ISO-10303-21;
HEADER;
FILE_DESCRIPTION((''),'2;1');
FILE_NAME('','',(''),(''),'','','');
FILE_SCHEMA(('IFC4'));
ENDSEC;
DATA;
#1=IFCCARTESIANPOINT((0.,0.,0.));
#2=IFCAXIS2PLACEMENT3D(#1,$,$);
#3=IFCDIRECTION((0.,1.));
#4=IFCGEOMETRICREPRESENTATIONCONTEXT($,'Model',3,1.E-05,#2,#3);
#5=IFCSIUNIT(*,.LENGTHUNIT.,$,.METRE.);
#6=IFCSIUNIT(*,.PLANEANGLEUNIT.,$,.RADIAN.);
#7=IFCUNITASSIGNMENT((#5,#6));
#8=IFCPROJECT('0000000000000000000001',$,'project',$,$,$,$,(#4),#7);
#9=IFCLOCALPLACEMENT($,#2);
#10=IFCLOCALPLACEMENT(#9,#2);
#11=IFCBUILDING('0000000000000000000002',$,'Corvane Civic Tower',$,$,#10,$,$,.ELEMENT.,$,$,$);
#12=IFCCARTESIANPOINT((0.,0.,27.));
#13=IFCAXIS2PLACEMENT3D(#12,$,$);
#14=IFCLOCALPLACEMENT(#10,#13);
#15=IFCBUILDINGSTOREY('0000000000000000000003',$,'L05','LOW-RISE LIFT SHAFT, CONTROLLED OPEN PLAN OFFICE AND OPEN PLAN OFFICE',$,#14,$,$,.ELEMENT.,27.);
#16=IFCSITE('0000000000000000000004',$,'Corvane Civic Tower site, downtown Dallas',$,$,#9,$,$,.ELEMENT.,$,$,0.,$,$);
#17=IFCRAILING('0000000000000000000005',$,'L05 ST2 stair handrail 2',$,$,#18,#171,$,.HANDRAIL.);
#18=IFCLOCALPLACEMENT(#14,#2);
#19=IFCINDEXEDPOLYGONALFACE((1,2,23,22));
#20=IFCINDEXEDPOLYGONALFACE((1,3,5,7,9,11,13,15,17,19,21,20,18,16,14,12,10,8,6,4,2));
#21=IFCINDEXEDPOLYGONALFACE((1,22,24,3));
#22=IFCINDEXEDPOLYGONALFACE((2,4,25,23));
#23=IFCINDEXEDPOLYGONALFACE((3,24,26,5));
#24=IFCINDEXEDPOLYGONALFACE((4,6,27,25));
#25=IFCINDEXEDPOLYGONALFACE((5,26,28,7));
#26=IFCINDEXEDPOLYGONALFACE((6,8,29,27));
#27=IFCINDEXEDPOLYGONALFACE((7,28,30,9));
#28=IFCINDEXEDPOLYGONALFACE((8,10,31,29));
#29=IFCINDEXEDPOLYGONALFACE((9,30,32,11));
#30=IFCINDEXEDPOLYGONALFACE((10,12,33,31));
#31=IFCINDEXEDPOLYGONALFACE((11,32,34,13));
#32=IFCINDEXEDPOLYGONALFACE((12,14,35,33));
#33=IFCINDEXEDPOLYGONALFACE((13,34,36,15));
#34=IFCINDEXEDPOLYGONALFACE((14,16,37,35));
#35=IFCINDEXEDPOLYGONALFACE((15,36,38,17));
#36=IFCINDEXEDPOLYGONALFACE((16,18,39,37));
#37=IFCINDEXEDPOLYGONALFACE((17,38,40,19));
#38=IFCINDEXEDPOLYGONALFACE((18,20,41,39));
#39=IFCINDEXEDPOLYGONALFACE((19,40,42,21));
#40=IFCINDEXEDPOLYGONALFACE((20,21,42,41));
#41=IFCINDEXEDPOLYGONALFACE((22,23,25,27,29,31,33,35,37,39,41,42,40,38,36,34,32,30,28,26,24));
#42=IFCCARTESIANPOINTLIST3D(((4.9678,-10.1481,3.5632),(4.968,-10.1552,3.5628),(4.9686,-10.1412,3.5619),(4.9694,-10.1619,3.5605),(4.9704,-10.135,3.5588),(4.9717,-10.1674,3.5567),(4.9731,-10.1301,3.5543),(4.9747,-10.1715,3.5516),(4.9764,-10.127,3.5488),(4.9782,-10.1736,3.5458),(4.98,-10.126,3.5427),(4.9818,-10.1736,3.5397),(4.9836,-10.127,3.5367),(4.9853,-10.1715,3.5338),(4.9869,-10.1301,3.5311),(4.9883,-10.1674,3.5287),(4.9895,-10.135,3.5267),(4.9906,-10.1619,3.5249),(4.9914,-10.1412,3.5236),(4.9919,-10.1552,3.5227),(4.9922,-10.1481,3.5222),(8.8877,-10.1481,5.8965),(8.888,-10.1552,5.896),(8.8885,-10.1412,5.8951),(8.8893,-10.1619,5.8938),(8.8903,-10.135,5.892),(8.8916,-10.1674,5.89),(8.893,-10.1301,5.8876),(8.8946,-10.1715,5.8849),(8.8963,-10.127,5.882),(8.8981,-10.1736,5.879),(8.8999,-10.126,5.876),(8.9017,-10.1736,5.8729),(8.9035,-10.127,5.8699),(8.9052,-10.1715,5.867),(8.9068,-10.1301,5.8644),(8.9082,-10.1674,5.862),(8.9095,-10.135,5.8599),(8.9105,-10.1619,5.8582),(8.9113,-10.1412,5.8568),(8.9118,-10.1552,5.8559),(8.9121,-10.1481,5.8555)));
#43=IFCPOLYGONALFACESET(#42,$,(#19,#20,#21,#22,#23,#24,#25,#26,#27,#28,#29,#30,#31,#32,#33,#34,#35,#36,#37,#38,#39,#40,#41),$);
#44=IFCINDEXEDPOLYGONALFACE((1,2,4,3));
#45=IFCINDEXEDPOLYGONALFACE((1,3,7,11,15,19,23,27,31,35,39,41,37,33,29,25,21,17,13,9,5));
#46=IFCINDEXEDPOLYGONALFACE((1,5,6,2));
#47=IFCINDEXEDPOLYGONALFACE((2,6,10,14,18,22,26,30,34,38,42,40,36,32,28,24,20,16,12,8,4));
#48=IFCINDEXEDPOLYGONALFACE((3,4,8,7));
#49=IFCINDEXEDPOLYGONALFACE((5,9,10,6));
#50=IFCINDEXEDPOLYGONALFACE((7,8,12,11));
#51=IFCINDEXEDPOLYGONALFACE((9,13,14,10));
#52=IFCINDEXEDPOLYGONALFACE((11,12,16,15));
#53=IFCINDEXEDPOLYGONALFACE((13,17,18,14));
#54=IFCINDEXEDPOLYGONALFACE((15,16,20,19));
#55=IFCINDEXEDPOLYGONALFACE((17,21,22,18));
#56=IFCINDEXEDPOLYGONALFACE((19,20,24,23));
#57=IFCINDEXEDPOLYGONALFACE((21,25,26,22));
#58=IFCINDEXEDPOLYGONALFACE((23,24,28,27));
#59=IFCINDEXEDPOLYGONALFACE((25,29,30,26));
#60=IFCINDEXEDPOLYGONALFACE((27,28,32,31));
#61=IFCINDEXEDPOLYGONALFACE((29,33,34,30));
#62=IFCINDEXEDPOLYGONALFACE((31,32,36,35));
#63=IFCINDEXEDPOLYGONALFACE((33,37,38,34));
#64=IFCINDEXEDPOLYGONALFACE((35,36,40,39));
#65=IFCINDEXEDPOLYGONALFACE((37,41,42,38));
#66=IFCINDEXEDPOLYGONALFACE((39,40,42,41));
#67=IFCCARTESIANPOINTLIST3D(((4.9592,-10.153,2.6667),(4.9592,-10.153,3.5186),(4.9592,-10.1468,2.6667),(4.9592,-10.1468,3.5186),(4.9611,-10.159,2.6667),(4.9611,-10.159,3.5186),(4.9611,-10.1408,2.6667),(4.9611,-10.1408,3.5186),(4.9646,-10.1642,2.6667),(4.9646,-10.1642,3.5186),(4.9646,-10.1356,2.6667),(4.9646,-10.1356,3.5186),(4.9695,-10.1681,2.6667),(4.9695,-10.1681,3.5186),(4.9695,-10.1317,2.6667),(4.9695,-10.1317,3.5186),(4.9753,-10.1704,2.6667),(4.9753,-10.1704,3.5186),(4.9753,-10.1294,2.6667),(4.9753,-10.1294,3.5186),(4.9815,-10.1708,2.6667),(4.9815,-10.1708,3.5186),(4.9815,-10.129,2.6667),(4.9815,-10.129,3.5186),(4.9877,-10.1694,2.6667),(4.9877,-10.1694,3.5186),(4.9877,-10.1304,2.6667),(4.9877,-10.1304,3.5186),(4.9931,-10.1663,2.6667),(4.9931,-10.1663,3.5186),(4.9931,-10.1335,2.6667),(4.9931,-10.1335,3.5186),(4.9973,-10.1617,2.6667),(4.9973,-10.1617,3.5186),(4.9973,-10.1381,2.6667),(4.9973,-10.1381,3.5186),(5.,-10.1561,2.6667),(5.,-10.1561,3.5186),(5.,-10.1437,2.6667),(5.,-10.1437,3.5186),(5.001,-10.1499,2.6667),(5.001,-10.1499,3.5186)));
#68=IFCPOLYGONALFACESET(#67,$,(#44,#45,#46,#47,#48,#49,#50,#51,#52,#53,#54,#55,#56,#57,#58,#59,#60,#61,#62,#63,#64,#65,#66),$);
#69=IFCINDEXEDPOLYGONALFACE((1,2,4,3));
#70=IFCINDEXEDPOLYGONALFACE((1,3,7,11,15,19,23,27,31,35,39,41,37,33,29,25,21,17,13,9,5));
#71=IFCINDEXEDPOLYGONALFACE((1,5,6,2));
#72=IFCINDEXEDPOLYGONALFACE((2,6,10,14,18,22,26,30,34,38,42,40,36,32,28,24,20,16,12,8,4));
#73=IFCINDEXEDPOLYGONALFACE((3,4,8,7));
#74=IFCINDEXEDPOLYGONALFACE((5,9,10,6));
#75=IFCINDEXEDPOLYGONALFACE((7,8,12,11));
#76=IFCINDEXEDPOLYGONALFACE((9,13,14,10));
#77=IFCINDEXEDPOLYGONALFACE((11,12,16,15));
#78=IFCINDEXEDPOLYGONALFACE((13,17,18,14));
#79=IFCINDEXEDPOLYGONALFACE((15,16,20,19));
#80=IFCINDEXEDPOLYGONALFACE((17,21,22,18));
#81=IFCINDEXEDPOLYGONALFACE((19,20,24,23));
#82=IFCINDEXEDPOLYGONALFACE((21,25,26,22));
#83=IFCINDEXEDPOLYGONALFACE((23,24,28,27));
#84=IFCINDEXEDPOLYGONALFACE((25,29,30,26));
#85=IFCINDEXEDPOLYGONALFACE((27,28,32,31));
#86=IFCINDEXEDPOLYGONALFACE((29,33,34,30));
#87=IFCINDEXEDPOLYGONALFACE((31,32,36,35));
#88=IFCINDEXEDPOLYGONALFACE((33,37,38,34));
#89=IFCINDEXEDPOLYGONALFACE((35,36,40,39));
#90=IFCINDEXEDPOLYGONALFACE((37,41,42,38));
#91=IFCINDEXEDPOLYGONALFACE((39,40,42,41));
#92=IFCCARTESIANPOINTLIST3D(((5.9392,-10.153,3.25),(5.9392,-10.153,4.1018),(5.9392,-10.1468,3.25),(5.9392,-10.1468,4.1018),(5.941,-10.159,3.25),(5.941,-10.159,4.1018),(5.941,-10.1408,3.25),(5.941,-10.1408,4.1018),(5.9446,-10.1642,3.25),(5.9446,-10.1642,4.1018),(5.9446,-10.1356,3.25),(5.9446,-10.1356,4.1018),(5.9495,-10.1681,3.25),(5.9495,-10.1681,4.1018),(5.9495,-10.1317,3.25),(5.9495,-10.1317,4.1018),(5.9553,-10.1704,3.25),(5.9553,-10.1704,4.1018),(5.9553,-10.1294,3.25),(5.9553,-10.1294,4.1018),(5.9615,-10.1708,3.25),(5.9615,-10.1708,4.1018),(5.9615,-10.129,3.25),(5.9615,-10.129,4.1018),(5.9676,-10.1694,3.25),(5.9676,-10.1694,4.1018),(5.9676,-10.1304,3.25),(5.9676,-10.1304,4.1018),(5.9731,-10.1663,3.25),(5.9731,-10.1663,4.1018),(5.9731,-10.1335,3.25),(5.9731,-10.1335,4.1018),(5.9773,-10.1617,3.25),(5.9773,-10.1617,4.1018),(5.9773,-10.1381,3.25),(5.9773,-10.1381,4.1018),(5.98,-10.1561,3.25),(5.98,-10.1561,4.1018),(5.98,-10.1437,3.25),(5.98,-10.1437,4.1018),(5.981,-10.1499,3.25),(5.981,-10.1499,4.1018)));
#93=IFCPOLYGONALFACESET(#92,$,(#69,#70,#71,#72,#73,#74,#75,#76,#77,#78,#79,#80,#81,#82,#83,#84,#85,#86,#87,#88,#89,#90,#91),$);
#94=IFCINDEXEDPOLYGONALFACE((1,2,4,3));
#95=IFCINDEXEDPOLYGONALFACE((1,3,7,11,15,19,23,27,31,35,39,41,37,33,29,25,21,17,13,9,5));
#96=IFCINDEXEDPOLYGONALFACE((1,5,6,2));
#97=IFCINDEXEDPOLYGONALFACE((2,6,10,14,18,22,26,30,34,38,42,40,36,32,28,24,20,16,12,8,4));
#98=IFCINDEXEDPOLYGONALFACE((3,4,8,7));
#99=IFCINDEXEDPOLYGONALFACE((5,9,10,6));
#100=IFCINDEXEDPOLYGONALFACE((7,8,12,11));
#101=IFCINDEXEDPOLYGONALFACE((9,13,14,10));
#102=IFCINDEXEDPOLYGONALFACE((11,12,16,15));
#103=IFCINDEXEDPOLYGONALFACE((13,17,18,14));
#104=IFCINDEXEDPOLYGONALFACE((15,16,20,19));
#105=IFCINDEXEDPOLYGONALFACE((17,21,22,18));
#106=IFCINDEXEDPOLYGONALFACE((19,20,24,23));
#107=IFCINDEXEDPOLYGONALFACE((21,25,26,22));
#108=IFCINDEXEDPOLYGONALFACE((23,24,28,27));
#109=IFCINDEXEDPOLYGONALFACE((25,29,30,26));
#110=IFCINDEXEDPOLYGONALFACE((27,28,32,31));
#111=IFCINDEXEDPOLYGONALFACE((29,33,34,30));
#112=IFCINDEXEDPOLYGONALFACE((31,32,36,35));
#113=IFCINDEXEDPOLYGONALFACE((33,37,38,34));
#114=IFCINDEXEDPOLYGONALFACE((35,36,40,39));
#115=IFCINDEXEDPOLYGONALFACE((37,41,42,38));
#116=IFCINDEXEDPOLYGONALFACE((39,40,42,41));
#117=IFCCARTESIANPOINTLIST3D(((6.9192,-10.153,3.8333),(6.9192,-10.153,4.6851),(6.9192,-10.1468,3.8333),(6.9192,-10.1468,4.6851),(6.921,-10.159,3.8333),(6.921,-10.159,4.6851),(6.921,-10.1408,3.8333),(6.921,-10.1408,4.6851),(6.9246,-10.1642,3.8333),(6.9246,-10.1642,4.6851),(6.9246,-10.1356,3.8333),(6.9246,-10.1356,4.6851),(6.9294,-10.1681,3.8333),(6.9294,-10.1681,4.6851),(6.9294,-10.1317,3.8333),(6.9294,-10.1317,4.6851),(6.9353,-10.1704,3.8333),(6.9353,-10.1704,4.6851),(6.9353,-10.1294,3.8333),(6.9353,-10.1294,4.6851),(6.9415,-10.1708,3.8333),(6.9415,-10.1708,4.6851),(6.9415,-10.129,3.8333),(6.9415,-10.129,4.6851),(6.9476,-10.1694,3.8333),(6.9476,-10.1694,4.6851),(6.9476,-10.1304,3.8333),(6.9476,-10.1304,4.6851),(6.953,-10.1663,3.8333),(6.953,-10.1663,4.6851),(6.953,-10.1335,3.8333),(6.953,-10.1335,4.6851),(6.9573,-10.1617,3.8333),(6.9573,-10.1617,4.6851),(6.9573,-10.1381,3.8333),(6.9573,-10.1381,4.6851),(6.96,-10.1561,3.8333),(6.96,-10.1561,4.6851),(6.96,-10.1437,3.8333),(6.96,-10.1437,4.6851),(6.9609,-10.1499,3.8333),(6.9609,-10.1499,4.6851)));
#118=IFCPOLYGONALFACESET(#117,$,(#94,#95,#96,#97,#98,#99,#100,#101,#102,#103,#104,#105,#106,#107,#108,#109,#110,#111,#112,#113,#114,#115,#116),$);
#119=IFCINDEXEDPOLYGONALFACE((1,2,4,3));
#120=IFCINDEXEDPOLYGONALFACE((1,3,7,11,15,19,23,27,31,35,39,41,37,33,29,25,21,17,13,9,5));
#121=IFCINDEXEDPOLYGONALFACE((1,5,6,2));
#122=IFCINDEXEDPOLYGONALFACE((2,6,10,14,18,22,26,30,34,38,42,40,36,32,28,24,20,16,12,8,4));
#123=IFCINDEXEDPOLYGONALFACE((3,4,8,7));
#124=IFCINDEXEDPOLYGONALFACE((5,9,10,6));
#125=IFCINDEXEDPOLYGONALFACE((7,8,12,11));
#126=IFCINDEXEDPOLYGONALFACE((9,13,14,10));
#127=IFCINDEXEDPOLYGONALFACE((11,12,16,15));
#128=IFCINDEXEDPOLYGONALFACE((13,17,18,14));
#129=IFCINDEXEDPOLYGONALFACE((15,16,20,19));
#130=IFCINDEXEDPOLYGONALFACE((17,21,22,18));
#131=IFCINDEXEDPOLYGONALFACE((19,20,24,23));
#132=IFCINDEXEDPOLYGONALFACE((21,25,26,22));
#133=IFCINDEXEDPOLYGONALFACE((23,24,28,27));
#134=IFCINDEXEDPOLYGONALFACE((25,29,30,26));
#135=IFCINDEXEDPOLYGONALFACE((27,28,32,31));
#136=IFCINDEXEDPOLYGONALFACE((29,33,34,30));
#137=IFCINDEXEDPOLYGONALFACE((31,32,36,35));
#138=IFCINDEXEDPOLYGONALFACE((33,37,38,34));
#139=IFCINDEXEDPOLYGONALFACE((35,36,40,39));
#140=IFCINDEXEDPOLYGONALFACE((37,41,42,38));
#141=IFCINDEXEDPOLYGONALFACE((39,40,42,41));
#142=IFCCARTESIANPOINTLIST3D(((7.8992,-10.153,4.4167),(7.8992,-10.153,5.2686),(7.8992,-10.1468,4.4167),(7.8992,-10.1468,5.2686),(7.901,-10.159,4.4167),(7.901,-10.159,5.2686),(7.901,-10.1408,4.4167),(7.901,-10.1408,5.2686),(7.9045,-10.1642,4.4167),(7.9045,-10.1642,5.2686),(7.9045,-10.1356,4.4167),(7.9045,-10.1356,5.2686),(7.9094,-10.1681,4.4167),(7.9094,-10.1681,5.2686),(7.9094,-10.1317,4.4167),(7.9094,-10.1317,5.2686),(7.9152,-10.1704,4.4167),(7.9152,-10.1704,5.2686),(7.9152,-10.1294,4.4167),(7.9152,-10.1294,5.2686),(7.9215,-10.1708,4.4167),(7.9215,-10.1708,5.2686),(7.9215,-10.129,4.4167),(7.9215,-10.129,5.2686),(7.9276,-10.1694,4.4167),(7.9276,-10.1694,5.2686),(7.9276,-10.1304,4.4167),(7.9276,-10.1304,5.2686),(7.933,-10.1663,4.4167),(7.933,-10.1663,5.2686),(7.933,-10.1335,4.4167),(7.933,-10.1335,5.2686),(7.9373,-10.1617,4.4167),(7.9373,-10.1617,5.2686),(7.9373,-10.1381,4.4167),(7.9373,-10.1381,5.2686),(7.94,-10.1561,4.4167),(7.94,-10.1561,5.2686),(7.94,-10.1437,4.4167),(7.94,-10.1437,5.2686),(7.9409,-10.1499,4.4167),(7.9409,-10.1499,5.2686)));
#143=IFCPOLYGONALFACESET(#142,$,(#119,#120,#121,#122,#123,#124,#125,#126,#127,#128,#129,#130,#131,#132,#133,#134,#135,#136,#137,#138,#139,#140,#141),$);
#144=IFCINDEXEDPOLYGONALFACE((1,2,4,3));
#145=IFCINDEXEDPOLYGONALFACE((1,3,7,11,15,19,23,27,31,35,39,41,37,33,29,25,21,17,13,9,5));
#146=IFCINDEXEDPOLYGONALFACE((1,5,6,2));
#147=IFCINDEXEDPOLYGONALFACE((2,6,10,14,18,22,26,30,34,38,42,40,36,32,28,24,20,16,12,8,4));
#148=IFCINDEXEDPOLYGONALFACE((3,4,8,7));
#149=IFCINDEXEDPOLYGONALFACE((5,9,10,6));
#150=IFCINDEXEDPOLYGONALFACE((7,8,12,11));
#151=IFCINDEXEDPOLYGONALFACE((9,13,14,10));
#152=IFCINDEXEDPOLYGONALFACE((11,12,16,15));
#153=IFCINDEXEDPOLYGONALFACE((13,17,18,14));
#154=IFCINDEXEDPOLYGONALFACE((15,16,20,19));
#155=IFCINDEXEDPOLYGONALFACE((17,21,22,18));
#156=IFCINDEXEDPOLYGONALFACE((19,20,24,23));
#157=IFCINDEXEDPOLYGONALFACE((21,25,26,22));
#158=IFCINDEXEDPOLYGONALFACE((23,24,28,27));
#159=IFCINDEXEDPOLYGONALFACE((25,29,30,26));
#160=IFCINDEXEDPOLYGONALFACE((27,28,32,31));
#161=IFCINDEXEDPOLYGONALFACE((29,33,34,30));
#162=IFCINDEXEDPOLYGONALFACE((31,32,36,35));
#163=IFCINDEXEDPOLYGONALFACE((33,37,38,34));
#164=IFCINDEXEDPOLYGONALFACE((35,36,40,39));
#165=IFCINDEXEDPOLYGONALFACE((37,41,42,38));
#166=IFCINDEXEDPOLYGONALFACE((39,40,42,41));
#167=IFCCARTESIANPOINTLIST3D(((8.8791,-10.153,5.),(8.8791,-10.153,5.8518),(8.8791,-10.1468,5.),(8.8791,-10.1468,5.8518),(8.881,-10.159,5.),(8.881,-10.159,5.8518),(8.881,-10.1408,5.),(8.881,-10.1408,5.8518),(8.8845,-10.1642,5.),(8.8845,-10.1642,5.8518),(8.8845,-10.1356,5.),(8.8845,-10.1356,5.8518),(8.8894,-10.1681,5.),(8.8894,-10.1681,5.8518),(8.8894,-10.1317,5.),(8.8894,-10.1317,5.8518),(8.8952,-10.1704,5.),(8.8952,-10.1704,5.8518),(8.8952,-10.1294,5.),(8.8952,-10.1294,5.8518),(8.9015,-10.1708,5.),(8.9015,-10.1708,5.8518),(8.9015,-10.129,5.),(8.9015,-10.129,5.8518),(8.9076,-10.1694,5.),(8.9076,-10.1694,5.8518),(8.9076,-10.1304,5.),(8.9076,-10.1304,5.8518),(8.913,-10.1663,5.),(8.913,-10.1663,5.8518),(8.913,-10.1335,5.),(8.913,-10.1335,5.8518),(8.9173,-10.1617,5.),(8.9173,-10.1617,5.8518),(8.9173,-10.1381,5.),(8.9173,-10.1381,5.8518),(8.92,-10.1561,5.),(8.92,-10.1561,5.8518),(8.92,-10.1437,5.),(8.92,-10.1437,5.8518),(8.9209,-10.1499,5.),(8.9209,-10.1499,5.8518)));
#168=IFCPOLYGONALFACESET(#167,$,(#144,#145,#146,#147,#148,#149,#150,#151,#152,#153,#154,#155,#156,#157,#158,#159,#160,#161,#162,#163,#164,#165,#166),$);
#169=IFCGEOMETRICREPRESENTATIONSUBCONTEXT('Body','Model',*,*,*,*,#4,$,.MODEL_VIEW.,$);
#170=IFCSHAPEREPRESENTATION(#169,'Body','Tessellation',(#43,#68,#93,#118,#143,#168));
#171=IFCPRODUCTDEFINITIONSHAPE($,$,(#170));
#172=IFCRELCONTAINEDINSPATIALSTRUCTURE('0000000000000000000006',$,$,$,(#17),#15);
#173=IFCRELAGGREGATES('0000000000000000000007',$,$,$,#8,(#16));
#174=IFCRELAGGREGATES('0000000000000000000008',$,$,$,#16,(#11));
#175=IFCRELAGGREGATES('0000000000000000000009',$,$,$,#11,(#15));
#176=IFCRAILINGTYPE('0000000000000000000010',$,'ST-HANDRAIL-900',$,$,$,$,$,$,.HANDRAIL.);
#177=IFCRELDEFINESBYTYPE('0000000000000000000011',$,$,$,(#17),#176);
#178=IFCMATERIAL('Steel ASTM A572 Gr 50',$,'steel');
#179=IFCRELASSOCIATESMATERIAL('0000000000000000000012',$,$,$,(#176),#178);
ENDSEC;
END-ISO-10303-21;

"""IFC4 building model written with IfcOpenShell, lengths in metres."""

from ifc_helpers import new_model, si_unit, direction, frame, origin, origin_2d, place, context, subcontext, project, spatial, circle, extrude, material, type_object, element, save


model = new_model("IFC4")

# Units and contexts
model_context = context("Model", 3, precision=1e-05, world=origin(), true_north=direction((0.0, 1.0)))
body_context = subcontext(model_context, "Body", "Model", "MODEL_VIEW")
ifc_project = project(units=[si_unit("LENGTHUNIT", "METRE"), si_unit("PLANEANGLEUNIT", "RADIAN")], contexts=[model_context])

# Site, building, storey
site_placement = place(None, origin())
site = spatial("IfcSite", under=ifc_project, at=site_placement, Name="Corvane Civic Tower site, downtown Dallas", CompositionType="ELEMENT", RefElevation=0.0)
building_placement = place(site_placement, origin())
building = spatial("IfcBuilding", under=site, at=building_placement, Name="Corvane Civic Tower", CompositionType="ELEMENT")
storey_placement = place(building_placement, frame((0.0, 0.0, 27.0)))
storey = spatial("IfcBuildingStorey", under=building, at=storey_placement, Name="L05", Description="LOW-RISE LIFT SHAFT, CONTROLLED OPEN PLAN OFFICE AND OPEN PLAN OFFICE", CompositionType="ELEMENT", Elevation=27.0)

# Railing
ifc_material_1 = material(Name="Steel ASTM A572 Gr 50", Category="steel")
railing_type = type_object("IfcRailingType", Name="ST-HANDRAIL-900", PredefinedType="HANDRAIL", material=ifc_material_1)
railing_placement = place(storey_placement, frame((4.98, -10.1499, 2.6667)))
element("IfcRailing", 1, at=railing_placement, inside=storey, type_object=railing_type, Name="L05 ST2 stair handrail 2", PredefinedType="HANDRAIL", context=body_context, shape_type="SweptSolid", body=[
    extrude(circle(Radius=0.0239, at=origin_2d()), frame((0.0, 0.0, 0.876), z_axis=(0.859296, 0.0, 0.511478), x_axis=(0.0, 1.0, 0.0)), (0.0, 0.0, 1.0), 4.5618),
    extrude(circle(Radius=0.021, at=origin_2d()), origin(), (0.0, 0.0, 1.0), 0.8518),
    extrude(circle(Radius=0.021, at=origin_2d()), frame((0.98, 0.0, 0.5833)), (0.0, 0.0, 1.0), 0.8518),
    extrude(circle(Radius=0.021, at=origin_2d()), frame((1.96, 0.0, 1.1665)), (0.0, 0.0, 1.0), 0.8518),
    extrude(circle(Radius=0.021, at=origin_2d()), frame((2.9399, 0.0, 1.75)), (0.0, 0.0, 1.0), 0.8518),
    extrude(circle(Radius=0.021, at=origin_2d()), frame((3.9199, 0.0, 2.3333)), (0.0, 0.0, 1.0), 0.8518),
])

save(model, "model.ifc")
